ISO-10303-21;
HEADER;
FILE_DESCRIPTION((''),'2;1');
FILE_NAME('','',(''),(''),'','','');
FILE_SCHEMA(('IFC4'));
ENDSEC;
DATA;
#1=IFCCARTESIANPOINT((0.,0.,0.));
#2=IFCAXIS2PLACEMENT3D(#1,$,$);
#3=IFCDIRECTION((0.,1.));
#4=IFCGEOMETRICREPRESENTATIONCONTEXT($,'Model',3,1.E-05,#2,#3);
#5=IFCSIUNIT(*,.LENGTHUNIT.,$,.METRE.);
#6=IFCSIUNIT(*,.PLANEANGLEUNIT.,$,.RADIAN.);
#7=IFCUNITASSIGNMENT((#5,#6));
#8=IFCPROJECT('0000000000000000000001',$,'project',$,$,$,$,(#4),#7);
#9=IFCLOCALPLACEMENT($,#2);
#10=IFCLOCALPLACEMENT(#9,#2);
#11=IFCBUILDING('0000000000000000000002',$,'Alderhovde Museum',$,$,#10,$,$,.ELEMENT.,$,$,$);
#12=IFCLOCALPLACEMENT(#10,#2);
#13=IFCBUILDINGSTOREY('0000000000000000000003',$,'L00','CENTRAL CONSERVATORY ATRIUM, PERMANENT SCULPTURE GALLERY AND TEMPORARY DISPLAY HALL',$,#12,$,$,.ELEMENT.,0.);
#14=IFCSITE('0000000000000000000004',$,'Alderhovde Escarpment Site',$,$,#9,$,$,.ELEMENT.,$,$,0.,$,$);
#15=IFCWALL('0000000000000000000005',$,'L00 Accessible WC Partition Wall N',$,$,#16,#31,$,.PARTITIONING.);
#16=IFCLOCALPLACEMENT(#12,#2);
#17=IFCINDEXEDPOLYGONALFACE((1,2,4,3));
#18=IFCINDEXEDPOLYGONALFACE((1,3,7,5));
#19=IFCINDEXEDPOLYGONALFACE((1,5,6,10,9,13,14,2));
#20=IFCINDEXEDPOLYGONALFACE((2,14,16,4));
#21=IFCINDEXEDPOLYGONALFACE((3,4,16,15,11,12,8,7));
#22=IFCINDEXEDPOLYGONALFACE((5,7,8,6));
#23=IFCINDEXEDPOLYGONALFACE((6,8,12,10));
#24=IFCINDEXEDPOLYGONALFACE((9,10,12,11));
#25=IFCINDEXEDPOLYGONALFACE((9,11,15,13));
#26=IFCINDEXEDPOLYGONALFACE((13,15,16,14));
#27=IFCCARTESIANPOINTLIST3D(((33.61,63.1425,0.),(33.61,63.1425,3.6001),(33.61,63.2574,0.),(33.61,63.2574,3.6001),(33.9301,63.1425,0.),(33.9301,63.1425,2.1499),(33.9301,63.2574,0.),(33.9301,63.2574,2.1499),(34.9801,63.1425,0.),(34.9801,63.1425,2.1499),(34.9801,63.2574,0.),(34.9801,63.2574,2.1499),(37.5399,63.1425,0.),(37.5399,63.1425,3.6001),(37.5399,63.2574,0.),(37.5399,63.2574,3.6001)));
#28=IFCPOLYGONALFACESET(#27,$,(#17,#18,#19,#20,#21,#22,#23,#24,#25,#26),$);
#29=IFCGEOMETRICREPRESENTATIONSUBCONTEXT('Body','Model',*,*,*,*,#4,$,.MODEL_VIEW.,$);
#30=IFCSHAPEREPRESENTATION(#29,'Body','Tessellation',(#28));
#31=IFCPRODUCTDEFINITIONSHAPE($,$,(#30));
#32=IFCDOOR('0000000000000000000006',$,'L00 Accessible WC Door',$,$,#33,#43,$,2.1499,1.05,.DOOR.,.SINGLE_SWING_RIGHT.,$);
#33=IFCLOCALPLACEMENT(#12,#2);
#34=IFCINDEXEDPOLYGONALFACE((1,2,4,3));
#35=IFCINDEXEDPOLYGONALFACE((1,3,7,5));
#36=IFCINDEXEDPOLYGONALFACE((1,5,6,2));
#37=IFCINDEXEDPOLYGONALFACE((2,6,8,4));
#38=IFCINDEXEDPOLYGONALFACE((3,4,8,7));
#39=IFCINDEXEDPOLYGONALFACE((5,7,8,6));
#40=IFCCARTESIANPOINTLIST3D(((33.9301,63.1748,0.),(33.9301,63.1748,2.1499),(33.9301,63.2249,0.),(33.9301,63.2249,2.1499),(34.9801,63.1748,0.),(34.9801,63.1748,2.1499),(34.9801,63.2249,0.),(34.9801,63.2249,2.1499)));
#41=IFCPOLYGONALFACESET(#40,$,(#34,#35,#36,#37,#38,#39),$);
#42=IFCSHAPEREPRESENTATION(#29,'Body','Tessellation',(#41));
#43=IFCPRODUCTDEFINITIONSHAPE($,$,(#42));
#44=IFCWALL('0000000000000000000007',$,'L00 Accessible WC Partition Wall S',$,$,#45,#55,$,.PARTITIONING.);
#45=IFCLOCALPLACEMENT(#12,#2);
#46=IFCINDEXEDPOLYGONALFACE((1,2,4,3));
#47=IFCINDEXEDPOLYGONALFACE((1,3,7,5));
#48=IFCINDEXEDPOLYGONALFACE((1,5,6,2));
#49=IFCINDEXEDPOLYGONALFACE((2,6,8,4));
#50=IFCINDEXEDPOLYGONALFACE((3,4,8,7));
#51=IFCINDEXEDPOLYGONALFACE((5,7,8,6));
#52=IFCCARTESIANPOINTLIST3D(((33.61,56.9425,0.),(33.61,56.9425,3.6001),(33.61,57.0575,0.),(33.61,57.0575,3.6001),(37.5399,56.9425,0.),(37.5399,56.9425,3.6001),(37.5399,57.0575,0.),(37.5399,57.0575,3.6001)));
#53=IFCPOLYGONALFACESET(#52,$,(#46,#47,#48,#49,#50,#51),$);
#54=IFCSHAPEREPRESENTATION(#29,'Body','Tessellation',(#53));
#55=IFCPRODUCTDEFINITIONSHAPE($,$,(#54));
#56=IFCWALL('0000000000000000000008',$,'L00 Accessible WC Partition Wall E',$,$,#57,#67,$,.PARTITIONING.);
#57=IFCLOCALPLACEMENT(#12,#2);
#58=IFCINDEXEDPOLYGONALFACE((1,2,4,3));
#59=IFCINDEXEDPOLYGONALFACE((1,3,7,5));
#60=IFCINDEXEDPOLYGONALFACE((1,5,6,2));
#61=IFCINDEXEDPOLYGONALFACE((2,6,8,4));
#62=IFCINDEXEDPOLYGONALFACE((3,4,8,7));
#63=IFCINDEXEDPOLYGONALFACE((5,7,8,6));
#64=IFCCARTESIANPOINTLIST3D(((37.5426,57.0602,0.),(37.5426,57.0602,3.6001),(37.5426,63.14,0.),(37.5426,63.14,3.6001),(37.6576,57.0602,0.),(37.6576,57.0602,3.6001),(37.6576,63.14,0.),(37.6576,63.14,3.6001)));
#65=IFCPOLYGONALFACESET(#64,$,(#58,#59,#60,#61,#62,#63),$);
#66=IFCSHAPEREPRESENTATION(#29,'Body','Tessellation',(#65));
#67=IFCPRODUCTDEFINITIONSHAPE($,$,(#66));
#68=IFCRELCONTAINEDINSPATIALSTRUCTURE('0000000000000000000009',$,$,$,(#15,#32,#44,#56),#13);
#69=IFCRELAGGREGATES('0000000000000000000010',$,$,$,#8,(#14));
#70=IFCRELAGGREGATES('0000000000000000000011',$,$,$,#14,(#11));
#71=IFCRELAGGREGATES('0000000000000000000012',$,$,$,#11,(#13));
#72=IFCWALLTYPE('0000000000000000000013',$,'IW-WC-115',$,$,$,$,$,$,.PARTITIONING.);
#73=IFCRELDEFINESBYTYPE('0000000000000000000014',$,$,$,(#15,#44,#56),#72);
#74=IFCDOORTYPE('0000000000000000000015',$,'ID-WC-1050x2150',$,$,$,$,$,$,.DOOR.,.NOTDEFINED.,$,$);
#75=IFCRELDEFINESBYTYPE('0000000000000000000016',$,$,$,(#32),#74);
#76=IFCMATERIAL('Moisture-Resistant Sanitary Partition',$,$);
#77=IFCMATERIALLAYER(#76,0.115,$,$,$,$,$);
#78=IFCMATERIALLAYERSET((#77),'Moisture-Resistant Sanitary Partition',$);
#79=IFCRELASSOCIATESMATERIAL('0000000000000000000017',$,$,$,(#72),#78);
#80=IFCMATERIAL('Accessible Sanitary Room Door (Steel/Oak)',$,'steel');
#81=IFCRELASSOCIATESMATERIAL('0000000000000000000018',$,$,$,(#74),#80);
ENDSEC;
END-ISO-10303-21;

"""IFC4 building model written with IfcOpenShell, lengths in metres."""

from ifc_helpers import new_model, si_unit, direction, frame, frame_2d, origin, place, context, subcontext, project, spatial, rectangle, extrude, material, layer, layer_set, type_object, element, fill, save


model = new_model("IFC4")

# Units and contexts
model_context = context("Model", 3, precision=1e-05, world=origin(), true_north=direction((0.0, 1.0)))
body_context = subcontext(model_context, "Body", "Model", "MODEL_VIEW")
ifc_project = project(units=[si_unit("LENGTHUNIT", "METRE"), si_unit("PLANEANGLEUNIT", "RADIAN")], contexts=[model_context])

# Site, building, storey
site_placement = place(None, origin())
site = spatial("IfcSite", under=ifc_project, at=site_placement, Name="Alderhovde Escarpment Site", CompositionType="ELEMENT", RefElevation=0.0)
building_placement = place(site_placement, origin())
building = spatial("IfcBuilding", under=site, at=building_placement, Name="Alderhovde Museum", CompositionType="ELEMENT")
storey_placement = place(building_placement, origin())
storey = spatial("IfcBuildingStorey", under=building, at=storey_placement, Name="L00", Description="CENTRAL CONSERVATORY ATRIUM, PERMANENT SCULPTURE GALLERY AND TEMPORARY DISPLAY HALL", CompositionType="ELEMENT", Elevation=0.0)

# Shared definitions
ifc_material_1 = material(Name="Moisture-Resistant Sanitary Partition")
ifc_layer_1 = layer(ifc_material_1, 0.115)
ifc_layer_set_1 = layer_set([ifc_layer_1], Name="Moisture-Resistant Sanitary Partition")
wall_type_1 = type_object("IfcWallType", Name="IW-WC-115", PredefinedType="PARTITIONING", material=ifc_layer_set_1)
ifc_material_2 = material(Name="Accessible Sanitary Room Door (Steel/Oak)", Category="steel")
door_type_1 = type_object("IfcDoorType", Name="ID-WC-1050x2150", OperationType="NOTDEFINED", PredefinedType="DOOR", material=ifc_material_2)

# Wall, opening, door
wall_1_placement = place(storey_placement, frame((33.6101, 63.2, 0.0), z_axis=(0.0, 0.0, 1.0), x_axis=(1.0, 0.0, 0.0)))
wall_1 = element("IfcWall", 1, at=wall_1_placement, inside=storey, type_object=wall_type_1, Name="L00 Accessible WC Partition Wall N", PredefinedType="PARTITIONING", context=body_context, shape_type="SweptSolid", body=[
    extrude(rectangle(XDim=3.9299, YDim=0.115, at=frame_2d((1.9648, 0.0))), origin(), (0.0, 0.0, 1.0), 3.6001),
])
opening_1_placement = place(wall_1_placement, frame((0.3201, 0.0, 0.0)))
opening_1 = element("IfcOpeningElement", 2, at=opening_1_placement, cuts=wall_1, PredefinedType="OPENING", context=body_context, shape_type="SweptSolid", body=[
    extrude(rectangle(XDim=1.05, YDim=2.1499, at=frame_2d((0.5249, 1.075))), frame((0.0, 0.0674, 0.0), z_axis=(0.0, -1.0, 0.0), x_axis=(1.0, 0.0, 0.0)), (0.0, 0.0, 1.0), 0.135),
])
door_1_placement = place(opening_1_placement, origin())
door_1 = element("IfcDoor", 3, at=door_1_placement, inside=storey, type_object=door_type_1, Name="L00 Accessible WC Door", OperationType="SINGLE_SWING_RIGHT", OverallHeight=2.1499, OverallWidth=1.05, PredefinedType="DOOR", context=body_context, shape_type="SweptSolid", body=[
    extrude(rectangle(XDim=1.05, YDim=2.1499, at=frame_2d((0.5249, 1.075))), frame((0.0, 0.0249, 0.0), z_axis=(0.0, -1.0, 0.0), x_axis=(1.0, 0.0, 0.0)), (0.0, 0.0, 1.0), 0.05),
])
fill(opening_1, door_1)

# Walls
wall_2_placement = place(storey_placement, frame((33.6101, 57.0, 0.0), z_axis=(0.0, 0.0, 1.0), x_axis=(1.0, 0.0, 0.0)))
element("IfcWall", 4, at=wall_2_placement, inside=storey, type_object=wall_type_1, Name="L00 Accessible WC Partition Wall S", PredefinedType="PARTITIONING", context=body_context, shape_type="SweptSolid", body=[
    extrude(rectangle(XDim=3.9299, YDim=0.115, at=frame_2d((1.9648, 0.0))), origin(), (0.0, 0.0, 1.0), 3.6001),
])
wall_3_placement = place(storey_placement, frame((37.6001, 57.0601, 0.0), z_axis=(0.0, 0.0, 1.0), x_axis=(0.0, 1.0, 0.0)))
element("IfcWall", 5, at=wall_3_placement, inside=storey, type_object=wall_type_1, Name="L00 Accessible WC Partition Wall E", PredefinedType="PARTITIONING", context=body_context, shape_type="SweptSolid", body=[
    extrude(rectangle(XDim=6.0798, YDim=0.115, at=frame_2d((3.04, 0.0))), origin(), (0.0, 0.0, 1.0), 3.6001),
])

save(model, "model.ifc")
